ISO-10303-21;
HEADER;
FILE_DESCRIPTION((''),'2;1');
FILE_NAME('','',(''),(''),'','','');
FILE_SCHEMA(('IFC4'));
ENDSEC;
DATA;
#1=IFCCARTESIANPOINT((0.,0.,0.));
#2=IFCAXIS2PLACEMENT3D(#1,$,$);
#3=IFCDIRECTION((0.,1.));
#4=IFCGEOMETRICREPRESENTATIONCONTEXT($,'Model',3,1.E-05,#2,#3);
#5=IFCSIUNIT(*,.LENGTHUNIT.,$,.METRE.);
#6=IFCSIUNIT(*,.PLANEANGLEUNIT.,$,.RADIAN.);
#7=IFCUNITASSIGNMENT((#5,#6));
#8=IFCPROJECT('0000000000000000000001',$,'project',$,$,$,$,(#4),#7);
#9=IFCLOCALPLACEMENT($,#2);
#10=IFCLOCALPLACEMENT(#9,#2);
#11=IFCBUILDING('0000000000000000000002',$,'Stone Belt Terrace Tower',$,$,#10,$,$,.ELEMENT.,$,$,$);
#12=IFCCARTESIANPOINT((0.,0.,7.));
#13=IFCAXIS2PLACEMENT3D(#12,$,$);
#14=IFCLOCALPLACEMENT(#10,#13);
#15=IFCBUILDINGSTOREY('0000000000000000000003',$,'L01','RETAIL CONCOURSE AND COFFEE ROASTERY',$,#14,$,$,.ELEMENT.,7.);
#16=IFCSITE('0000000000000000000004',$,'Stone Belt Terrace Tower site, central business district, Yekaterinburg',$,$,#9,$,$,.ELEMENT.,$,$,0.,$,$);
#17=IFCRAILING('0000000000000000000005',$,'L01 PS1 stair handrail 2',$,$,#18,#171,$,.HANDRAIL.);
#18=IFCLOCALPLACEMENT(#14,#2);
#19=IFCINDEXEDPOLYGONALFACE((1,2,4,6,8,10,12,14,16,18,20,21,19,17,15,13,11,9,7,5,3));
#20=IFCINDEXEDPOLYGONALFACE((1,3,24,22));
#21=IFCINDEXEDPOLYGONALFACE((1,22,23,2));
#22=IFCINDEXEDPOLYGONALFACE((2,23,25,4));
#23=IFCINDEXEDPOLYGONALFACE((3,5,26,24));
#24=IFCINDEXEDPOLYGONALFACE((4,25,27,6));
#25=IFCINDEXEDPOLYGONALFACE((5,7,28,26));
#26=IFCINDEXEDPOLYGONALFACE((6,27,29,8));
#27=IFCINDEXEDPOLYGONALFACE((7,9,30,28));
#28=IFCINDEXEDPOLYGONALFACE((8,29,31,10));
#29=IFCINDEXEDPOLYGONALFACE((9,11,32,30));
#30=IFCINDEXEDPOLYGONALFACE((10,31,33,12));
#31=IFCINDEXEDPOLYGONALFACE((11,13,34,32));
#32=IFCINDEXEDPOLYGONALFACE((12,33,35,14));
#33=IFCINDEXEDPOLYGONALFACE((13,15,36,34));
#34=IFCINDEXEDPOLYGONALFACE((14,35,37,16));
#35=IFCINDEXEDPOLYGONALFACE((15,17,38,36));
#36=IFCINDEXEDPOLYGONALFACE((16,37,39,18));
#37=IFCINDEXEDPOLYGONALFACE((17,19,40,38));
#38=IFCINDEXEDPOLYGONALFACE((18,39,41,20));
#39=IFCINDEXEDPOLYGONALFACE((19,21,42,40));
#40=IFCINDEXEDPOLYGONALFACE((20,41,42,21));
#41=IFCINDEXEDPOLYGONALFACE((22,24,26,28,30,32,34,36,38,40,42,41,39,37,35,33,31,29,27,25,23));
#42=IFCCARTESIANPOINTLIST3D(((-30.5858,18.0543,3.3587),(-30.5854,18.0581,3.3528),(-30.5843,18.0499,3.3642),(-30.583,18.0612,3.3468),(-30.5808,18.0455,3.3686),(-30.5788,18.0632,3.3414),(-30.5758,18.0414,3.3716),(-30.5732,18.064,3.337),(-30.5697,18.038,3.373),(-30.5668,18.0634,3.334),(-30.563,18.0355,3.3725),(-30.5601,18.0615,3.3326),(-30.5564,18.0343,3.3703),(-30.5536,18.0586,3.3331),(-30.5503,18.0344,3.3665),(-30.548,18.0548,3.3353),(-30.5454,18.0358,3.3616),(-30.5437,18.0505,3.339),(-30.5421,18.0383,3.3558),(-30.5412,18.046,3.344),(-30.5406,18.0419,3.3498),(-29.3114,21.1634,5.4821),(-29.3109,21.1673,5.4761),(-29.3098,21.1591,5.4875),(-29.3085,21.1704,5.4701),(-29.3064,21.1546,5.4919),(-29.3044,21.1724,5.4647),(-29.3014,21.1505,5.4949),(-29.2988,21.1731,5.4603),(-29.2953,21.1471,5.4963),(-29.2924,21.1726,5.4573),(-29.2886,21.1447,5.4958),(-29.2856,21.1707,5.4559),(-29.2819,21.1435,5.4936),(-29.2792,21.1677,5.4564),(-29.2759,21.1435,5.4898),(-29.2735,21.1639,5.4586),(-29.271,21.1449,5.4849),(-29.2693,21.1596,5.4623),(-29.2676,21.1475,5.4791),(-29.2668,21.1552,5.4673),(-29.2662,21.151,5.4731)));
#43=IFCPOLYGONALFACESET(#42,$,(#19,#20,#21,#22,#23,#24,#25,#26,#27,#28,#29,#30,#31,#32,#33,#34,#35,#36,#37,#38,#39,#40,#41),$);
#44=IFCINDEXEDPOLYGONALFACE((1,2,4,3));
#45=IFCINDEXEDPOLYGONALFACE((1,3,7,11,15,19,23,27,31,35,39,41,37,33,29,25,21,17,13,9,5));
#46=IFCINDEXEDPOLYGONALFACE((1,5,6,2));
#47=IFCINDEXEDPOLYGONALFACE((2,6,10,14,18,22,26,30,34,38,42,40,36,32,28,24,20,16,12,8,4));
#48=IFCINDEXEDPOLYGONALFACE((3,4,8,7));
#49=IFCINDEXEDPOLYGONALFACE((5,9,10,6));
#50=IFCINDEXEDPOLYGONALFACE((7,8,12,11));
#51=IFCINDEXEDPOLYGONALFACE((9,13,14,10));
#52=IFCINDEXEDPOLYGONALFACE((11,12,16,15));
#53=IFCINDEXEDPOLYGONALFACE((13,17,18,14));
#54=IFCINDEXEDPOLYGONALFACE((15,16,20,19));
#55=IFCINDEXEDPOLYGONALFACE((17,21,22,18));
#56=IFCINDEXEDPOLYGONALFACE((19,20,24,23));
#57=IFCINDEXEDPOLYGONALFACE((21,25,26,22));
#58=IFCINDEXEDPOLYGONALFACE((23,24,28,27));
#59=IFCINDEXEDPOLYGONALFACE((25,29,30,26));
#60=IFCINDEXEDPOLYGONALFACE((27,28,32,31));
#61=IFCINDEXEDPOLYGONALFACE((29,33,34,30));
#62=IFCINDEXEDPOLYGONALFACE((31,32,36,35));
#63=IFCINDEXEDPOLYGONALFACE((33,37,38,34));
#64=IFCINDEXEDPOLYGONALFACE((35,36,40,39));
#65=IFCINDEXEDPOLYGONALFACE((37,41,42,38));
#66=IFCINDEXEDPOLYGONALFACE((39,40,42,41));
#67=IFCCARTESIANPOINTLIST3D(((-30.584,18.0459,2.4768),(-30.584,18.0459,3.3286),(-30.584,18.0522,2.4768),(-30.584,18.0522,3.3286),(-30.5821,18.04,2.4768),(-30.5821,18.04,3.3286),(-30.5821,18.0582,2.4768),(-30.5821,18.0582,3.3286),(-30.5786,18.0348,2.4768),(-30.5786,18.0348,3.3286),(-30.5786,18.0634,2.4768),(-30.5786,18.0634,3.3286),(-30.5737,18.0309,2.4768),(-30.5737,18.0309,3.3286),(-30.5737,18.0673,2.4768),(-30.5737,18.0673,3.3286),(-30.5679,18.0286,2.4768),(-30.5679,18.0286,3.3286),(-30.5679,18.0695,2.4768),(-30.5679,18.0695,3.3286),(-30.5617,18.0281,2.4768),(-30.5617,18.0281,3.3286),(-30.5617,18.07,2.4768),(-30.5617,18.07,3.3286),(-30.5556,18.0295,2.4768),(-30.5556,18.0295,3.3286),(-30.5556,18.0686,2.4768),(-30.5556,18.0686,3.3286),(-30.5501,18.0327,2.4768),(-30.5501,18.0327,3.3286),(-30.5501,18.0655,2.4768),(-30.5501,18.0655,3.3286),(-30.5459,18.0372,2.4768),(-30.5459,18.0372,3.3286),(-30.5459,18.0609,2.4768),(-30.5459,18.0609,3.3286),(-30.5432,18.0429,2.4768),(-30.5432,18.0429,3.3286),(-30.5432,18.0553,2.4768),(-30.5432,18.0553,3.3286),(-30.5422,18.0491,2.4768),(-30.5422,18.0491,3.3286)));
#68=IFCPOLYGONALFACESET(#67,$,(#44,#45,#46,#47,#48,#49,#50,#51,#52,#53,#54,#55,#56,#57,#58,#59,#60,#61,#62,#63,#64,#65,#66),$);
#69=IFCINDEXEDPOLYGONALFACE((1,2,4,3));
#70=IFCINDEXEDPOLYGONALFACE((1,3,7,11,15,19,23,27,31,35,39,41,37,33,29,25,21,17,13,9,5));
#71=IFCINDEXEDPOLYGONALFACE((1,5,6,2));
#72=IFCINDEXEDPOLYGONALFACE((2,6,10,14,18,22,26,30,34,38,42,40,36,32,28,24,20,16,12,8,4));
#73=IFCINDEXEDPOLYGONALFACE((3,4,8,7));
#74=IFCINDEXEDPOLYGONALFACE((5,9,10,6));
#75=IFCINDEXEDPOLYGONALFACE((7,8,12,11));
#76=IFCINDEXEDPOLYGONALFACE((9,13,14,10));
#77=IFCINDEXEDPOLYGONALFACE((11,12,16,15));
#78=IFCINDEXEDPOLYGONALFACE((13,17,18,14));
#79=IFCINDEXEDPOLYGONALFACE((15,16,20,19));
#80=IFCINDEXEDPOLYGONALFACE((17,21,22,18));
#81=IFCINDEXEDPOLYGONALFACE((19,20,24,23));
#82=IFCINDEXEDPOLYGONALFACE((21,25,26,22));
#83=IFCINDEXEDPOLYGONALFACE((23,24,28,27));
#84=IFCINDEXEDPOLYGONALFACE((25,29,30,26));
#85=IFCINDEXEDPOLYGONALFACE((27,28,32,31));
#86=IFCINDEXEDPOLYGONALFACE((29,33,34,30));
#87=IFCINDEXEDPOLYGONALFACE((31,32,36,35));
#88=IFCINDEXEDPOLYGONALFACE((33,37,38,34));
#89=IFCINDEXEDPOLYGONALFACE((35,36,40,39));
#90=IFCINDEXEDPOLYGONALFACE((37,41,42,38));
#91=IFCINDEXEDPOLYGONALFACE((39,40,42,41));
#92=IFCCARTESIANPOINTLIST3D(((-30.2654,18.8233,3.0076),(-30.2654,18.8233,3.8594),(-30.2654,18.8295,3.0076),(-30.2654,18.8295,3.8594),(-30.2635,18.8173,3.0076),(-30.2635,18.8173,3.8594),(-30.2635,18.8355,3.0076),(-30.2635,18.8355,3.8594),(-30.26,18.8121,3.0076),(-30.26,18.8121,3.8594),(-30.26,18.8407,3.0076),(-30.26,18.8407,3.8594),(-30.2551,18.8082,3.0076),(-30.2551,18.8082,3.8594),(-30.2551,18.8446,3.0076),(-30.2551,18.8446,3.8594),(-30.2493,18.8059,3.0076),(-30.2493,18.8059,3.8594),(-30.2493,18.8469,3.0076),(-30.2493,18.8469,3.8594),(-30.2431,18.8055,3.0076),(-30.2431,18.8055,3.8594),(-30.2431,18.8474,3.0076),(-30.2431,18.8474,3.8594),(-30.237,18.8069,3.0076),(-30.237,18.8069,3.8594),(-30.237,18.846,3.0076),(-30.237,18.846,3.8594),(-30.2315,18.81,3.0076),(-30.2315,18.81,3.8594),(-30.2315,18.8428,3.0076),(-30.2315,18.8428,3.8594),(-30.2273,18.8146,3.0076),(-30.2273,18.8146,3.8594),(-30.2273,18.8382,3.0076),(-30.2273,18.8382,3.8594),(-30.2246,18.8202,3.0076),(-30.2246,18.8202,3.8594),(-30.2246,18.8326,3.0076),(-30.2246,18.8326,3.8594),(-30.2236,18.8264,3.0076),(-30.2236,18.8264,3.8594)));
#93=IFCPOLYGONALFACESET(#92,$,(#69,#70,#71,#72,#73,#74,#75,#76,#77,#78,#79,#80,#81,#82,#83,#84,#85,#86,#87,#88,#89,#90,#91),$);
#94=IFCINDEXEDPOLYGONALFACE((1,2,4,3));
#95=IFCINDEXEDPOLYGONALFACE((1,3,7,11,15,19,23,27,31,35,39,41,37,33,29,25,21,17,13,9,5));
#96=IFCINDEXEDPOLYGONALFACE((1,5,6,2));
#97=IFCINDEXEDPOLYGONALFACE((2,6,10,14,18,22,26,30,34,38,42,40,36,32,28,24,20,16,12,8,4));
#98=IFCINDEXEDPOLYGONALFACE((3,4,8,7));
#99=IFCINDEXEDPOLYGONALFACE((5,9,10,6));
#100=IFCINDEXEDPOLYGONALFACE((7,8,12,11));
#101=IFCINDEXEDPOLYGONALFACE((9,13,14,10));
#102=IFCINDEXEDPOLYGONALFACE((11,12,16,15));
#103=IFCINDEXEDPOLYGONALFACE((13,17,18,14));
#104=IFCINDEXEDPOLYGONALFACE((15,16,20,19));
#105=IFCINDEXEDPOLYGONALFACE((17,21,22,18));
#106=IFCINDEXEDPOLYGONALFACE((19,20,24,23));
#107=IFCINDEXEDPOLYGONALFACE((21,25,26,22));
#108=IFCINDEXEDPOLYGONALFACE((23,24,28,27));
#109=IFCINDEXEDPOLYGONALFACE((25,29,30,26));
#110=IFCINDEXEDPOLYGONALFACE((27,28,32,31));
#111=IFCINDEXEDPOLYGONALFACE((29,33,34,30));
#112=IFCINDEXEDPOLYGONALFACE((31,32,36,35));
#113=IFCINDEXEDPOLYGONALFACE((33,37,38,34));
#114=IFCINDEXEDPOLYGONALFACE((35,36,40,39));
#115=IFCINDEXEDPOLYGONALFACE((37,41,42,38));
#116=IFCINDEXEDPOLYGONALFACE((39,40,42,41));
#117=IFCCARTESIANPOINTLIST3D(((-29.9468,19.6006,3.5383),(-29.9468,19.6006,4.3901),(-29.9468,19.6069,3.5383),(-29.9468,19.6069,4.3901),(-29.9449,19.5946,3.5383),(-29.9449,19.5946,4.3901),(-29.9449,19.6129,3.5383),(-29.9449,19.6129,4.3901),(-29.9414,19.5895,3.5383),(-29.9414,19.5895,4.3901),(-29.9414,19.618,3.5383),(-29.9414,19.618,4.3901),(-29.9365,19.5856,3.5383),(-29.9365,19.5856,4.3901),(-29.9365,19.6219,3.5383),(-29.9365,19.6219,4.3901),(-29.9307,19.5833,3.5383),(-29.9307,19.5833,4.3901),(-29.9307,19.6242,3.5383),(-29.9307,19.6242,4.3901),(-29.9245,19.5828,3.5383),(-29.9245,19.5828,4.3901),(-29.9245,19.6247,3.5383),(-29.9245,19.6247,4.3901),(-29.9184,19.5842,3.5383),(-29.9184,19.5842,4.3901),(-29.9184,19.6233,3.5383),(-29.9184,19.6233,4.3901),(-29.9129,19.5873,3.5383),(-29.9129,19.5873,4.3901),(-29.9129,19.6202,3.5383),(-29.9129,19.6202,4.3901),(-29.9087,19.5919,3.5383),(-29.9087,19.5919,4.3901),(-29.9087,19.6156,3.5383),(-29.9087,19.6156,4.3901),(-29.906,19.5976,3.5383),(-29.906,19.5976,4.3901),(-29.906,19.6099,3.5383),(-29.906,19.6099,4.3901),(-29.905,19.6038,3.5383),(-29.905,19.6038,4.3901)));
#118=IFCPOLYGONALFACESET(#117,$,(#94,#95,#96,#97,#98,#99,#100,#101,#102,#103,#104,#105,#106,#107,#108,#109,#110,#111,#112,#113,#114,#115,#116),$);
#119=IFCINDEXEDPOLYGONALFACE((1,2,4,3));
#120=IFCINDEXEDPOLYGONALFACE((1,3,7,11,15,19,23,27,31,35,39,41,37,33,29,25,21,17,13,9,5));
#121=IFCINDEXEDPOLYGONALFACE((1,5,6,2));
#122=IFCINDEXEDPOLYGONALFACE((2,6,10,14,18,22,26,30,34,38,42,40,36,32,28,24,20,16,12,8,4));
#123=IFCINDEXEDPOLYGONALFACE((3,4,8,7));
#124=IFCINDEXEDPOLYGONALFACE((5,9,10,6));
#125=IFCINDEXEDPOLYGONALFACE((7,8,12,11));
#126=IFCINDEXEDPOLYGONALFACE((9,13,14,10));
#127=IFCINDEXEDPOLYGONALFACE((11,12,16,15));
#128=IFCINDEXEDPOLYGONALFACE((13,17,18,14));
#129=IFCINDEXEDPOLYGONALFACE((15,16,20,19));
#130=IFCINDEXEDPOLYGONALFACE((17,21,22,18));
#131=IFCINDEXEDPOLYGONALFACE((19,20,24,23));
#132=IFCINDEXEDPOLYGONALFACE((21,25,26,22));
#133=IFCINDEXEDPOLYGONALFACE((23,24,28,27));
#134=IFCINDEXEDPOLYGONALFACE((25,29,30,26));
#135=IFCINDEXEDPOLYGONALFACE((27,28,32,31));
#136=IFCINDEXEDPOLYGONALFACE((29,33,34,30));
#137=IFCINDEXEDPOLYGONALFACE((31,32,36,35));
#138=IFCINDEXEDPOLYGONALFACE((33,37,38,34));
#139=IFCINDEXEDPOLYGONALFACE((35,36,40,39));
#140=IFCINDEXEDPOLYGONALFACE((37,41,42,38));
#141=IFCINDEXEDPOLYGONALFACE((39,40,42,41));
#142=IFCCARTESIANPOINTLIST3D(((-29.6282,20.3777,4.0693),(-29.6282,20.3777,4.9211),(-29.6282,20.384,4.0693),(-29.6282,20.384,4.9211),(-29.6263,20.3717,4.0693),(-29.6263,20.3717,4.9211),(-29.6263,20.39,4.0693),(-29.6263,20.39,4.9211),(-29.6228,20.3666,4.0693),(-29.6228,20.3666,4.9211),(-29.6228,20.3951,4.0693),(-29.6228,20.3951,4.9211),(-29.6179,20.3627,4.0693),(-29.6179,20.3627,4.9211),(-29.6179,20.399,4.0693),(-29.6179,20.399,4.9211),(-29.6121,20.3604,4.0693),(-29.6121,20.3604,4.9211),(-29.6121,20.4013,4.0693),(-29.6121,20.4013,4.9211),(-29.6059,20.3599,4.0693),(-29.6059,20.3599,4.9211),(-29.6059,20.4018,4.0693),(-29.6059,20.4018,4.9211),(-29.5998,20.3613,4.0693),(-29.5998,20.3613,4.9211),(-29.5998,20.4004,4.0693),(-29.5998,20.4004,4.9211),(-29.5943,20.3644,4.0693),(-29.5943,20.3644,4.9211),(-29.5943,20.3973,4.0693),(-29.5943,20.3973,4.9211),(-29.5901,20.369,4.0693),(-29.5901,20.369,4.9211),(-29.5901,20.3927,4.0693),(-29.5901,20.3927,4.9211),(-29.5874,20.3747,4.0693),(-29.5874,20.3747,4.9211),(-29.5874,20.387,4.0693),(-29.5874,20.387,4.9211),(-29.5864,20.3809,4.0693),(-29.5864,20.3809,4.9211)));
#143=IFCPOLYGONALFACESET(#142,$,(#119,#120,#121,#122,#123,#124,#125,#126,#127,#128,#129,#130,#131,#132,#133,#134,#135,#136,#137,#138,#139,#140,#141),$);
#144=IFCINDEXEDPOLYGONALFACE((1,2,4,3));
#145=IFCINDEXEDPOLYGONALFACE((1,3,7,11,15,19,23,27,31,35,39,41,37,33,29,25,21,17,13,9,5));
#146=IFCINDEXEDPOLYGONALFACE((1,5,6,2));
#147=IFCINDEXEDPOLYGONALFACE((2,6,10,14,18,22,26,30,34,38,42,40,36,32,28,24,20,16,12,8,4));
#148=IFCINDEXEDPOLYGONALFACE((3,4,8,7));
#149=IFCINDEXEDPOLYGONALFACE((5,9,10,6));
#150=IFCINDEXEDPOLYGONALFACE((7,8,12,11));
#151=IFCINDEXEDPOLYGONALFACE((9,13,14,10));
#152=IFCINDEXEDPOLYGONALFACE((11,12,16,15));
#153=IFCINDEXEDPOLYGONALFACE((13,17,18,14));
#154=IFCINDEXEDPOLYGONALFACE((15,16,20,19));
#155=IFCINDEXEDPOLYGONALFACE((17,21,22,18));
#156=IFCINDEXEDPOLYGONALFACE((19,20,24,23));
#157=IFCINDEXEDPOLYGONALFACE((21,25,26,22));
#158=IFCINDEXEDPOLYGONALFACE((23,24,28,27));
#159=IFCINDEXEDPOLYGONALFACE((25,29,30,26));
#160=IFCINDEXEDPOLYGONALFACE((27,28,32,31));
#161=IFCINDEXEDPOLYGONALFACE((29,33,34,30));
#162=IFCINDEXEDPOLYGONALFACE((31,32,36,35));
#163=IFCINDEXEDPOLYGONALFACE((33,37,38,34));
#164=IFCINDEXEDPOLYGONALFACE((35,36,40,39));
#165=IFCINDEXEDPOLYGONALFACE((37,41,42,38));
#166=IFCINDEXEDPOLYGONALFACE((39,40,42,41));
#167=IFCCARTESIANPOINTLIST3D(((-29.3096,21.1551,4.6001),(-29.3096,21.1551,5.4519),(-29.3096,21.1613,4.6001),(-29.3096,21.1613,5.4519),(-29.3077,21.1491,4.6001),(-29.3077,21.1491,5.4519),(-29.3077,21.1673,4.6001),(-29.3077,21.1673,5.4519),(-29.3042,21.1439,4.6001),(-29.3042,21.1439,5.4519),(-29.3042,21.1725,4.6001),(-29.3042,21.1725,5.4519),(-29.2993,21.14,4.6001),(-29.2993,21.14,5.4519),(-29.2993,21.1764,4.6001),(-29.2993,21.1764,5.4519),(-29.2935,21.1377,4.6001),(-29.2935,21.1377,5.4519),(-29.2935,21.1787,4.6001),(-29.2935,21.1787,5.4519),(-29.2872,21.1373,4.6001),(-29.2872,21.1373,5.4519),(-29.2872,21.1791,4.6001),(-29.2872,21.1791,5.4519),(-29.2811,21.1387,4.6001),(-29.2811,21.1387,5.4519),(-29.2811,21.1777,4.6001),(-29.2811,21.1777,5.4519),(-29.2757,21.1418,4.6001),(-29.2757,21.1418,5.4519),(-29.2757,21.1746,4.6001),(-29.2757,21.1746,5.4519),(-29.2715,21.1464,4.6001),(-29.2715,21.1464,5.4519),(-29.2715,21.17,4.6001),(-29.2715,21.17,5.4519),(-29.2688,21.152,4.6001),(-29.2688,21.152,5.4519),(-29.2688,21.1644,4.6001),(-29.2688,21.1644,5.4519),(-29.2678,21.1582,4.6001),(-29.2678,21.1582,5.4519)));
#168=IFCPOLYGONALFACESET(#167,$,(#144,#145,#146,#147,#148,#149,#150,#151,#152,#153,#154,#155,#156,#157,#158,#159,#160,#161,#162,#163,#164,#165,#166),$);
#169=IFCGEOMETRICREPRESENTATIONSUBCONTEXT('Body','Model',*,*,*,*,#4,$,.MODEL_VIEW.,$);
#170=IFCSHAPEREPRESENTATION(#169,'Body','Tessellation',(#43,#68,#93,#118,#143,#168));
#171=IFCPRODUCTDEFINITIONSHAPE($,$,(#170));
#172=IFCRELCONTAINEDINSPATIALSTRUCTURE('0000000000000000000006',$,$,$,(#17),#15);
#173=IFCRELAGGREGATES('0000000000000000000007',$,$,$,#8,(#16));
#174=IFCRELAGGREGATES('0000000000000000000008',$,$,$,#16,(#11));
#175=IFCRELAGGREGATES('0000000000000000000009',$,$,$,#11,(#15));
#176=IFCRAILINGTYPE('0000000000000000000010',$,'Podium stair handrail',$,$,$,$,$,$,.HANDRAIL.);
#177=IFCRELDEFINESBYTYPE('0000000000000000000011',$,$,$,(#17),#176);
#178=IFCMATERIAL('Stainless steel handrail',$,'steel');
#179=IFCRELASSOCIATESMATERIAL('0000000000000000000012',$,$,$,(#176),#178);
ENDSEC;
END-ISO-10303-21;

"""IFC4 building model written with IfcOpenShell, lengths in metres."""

from ifc_helpers import new_model, si_unit, direction, frame, origin, origin_2d, place, context, subcontext, project, spatial, circle, extrude, material, type_object, element, save


model = new_model("IFC4")

# Units and contexts
model_context = context("Model", 3, precision=1e-05, world=origin(), true_north=direction((0.0, 1.0)))
body_context = subcontext(model_context, "Body", "Model", "MODEL_VIEW")
ifc_project = project(units=[si_unit("LENGTHUNIT", "METRE"), si_unit("PLANEANGLEUNIT", "RADIAN")], contexts=[model_context])

# Site, building, storey
site_placement = place(None, origin())
site = spatial("IfcSite", under=ifc_project, at=site_placement, Name="Stone Belt Terrace Tower site, central business district, Yekaterinburg", CompositionType="ELEMENT", RefElevation=0.0)
building_placement = place(site_placement, origin())
building = spatial("IfcBuilding", under=site, at=building_placement, Name="Stone Belt Terrace Tower", CompositionType="ELEMENT")
storey_placement = place(building_placement, frame((0.0, 0.0, 7.0)))
storey = spatial("IfcBuildingStorey", under=building, at=storey_placement, Name="L01", Description="RETAIL CONCOURSE AND COFFEE ROASTERY", CompositionType="ELEMENT", Elevation=7.0)

# Railing
ifc_material_1 = material(Name="Stainless steel handrail", Category="steel")
railing_type_1 = type_object("IfcRailingType", Name="Podium stair handrail", PredefinedType="HANDRAIL", material=ifc_material_1)
railing_1_placement = place(storey_placement, frame((-30.5632, 18.0491, 2.4768)))
element("IfcRailing", 1, at=railing_1_placement, inside=storey, type_object=railing_type_1, Name="L01 PS1 stair handrail 2", PredefinedType="HANDRAIL", context=body_context, shape_type="SweptSolid", body=[
    extrude(circle(Radius=0.0239, at=origin_2d()), frame((0.0, 0.0, 0.876), z_axis=(0.320622, 0.782207, 0.534186), x_axis=(-0.925286, 0.379269, 0.0)), (0.0, 0.0, 1.0), 3.9749),
    extrude(circle(Radius=0.021, at=origin_2d()), origin(), (0.0, 0.0, 1.0), 0.8518),
    extrude(circle(Radius=0.021, at=origin_2d()), frame((0.3186, 0.7773, 0.5308)), (0.0, 0.0, 1.0), 0.8518),
    extrude(circle(Radius=0.021, at=origin_2d()), frame((0.6372, 1.5547, 1.0615)), (0.0, 0.0, 1.0), 0.8518),
    extrude(circle(Radius=0.021, at=origin_2d()), frame((0.9558, 2.3318, 1.5925)), (0.0, 0.0, 1.0), 0.8518),
    extrude(circle(Radius=0.021, at=origin_2d()), frame((1.2744, 3.1091, 2.1233)), (0.0, 0.0, 1.0), 0.8518),
])

save(model, "model.ifc")
